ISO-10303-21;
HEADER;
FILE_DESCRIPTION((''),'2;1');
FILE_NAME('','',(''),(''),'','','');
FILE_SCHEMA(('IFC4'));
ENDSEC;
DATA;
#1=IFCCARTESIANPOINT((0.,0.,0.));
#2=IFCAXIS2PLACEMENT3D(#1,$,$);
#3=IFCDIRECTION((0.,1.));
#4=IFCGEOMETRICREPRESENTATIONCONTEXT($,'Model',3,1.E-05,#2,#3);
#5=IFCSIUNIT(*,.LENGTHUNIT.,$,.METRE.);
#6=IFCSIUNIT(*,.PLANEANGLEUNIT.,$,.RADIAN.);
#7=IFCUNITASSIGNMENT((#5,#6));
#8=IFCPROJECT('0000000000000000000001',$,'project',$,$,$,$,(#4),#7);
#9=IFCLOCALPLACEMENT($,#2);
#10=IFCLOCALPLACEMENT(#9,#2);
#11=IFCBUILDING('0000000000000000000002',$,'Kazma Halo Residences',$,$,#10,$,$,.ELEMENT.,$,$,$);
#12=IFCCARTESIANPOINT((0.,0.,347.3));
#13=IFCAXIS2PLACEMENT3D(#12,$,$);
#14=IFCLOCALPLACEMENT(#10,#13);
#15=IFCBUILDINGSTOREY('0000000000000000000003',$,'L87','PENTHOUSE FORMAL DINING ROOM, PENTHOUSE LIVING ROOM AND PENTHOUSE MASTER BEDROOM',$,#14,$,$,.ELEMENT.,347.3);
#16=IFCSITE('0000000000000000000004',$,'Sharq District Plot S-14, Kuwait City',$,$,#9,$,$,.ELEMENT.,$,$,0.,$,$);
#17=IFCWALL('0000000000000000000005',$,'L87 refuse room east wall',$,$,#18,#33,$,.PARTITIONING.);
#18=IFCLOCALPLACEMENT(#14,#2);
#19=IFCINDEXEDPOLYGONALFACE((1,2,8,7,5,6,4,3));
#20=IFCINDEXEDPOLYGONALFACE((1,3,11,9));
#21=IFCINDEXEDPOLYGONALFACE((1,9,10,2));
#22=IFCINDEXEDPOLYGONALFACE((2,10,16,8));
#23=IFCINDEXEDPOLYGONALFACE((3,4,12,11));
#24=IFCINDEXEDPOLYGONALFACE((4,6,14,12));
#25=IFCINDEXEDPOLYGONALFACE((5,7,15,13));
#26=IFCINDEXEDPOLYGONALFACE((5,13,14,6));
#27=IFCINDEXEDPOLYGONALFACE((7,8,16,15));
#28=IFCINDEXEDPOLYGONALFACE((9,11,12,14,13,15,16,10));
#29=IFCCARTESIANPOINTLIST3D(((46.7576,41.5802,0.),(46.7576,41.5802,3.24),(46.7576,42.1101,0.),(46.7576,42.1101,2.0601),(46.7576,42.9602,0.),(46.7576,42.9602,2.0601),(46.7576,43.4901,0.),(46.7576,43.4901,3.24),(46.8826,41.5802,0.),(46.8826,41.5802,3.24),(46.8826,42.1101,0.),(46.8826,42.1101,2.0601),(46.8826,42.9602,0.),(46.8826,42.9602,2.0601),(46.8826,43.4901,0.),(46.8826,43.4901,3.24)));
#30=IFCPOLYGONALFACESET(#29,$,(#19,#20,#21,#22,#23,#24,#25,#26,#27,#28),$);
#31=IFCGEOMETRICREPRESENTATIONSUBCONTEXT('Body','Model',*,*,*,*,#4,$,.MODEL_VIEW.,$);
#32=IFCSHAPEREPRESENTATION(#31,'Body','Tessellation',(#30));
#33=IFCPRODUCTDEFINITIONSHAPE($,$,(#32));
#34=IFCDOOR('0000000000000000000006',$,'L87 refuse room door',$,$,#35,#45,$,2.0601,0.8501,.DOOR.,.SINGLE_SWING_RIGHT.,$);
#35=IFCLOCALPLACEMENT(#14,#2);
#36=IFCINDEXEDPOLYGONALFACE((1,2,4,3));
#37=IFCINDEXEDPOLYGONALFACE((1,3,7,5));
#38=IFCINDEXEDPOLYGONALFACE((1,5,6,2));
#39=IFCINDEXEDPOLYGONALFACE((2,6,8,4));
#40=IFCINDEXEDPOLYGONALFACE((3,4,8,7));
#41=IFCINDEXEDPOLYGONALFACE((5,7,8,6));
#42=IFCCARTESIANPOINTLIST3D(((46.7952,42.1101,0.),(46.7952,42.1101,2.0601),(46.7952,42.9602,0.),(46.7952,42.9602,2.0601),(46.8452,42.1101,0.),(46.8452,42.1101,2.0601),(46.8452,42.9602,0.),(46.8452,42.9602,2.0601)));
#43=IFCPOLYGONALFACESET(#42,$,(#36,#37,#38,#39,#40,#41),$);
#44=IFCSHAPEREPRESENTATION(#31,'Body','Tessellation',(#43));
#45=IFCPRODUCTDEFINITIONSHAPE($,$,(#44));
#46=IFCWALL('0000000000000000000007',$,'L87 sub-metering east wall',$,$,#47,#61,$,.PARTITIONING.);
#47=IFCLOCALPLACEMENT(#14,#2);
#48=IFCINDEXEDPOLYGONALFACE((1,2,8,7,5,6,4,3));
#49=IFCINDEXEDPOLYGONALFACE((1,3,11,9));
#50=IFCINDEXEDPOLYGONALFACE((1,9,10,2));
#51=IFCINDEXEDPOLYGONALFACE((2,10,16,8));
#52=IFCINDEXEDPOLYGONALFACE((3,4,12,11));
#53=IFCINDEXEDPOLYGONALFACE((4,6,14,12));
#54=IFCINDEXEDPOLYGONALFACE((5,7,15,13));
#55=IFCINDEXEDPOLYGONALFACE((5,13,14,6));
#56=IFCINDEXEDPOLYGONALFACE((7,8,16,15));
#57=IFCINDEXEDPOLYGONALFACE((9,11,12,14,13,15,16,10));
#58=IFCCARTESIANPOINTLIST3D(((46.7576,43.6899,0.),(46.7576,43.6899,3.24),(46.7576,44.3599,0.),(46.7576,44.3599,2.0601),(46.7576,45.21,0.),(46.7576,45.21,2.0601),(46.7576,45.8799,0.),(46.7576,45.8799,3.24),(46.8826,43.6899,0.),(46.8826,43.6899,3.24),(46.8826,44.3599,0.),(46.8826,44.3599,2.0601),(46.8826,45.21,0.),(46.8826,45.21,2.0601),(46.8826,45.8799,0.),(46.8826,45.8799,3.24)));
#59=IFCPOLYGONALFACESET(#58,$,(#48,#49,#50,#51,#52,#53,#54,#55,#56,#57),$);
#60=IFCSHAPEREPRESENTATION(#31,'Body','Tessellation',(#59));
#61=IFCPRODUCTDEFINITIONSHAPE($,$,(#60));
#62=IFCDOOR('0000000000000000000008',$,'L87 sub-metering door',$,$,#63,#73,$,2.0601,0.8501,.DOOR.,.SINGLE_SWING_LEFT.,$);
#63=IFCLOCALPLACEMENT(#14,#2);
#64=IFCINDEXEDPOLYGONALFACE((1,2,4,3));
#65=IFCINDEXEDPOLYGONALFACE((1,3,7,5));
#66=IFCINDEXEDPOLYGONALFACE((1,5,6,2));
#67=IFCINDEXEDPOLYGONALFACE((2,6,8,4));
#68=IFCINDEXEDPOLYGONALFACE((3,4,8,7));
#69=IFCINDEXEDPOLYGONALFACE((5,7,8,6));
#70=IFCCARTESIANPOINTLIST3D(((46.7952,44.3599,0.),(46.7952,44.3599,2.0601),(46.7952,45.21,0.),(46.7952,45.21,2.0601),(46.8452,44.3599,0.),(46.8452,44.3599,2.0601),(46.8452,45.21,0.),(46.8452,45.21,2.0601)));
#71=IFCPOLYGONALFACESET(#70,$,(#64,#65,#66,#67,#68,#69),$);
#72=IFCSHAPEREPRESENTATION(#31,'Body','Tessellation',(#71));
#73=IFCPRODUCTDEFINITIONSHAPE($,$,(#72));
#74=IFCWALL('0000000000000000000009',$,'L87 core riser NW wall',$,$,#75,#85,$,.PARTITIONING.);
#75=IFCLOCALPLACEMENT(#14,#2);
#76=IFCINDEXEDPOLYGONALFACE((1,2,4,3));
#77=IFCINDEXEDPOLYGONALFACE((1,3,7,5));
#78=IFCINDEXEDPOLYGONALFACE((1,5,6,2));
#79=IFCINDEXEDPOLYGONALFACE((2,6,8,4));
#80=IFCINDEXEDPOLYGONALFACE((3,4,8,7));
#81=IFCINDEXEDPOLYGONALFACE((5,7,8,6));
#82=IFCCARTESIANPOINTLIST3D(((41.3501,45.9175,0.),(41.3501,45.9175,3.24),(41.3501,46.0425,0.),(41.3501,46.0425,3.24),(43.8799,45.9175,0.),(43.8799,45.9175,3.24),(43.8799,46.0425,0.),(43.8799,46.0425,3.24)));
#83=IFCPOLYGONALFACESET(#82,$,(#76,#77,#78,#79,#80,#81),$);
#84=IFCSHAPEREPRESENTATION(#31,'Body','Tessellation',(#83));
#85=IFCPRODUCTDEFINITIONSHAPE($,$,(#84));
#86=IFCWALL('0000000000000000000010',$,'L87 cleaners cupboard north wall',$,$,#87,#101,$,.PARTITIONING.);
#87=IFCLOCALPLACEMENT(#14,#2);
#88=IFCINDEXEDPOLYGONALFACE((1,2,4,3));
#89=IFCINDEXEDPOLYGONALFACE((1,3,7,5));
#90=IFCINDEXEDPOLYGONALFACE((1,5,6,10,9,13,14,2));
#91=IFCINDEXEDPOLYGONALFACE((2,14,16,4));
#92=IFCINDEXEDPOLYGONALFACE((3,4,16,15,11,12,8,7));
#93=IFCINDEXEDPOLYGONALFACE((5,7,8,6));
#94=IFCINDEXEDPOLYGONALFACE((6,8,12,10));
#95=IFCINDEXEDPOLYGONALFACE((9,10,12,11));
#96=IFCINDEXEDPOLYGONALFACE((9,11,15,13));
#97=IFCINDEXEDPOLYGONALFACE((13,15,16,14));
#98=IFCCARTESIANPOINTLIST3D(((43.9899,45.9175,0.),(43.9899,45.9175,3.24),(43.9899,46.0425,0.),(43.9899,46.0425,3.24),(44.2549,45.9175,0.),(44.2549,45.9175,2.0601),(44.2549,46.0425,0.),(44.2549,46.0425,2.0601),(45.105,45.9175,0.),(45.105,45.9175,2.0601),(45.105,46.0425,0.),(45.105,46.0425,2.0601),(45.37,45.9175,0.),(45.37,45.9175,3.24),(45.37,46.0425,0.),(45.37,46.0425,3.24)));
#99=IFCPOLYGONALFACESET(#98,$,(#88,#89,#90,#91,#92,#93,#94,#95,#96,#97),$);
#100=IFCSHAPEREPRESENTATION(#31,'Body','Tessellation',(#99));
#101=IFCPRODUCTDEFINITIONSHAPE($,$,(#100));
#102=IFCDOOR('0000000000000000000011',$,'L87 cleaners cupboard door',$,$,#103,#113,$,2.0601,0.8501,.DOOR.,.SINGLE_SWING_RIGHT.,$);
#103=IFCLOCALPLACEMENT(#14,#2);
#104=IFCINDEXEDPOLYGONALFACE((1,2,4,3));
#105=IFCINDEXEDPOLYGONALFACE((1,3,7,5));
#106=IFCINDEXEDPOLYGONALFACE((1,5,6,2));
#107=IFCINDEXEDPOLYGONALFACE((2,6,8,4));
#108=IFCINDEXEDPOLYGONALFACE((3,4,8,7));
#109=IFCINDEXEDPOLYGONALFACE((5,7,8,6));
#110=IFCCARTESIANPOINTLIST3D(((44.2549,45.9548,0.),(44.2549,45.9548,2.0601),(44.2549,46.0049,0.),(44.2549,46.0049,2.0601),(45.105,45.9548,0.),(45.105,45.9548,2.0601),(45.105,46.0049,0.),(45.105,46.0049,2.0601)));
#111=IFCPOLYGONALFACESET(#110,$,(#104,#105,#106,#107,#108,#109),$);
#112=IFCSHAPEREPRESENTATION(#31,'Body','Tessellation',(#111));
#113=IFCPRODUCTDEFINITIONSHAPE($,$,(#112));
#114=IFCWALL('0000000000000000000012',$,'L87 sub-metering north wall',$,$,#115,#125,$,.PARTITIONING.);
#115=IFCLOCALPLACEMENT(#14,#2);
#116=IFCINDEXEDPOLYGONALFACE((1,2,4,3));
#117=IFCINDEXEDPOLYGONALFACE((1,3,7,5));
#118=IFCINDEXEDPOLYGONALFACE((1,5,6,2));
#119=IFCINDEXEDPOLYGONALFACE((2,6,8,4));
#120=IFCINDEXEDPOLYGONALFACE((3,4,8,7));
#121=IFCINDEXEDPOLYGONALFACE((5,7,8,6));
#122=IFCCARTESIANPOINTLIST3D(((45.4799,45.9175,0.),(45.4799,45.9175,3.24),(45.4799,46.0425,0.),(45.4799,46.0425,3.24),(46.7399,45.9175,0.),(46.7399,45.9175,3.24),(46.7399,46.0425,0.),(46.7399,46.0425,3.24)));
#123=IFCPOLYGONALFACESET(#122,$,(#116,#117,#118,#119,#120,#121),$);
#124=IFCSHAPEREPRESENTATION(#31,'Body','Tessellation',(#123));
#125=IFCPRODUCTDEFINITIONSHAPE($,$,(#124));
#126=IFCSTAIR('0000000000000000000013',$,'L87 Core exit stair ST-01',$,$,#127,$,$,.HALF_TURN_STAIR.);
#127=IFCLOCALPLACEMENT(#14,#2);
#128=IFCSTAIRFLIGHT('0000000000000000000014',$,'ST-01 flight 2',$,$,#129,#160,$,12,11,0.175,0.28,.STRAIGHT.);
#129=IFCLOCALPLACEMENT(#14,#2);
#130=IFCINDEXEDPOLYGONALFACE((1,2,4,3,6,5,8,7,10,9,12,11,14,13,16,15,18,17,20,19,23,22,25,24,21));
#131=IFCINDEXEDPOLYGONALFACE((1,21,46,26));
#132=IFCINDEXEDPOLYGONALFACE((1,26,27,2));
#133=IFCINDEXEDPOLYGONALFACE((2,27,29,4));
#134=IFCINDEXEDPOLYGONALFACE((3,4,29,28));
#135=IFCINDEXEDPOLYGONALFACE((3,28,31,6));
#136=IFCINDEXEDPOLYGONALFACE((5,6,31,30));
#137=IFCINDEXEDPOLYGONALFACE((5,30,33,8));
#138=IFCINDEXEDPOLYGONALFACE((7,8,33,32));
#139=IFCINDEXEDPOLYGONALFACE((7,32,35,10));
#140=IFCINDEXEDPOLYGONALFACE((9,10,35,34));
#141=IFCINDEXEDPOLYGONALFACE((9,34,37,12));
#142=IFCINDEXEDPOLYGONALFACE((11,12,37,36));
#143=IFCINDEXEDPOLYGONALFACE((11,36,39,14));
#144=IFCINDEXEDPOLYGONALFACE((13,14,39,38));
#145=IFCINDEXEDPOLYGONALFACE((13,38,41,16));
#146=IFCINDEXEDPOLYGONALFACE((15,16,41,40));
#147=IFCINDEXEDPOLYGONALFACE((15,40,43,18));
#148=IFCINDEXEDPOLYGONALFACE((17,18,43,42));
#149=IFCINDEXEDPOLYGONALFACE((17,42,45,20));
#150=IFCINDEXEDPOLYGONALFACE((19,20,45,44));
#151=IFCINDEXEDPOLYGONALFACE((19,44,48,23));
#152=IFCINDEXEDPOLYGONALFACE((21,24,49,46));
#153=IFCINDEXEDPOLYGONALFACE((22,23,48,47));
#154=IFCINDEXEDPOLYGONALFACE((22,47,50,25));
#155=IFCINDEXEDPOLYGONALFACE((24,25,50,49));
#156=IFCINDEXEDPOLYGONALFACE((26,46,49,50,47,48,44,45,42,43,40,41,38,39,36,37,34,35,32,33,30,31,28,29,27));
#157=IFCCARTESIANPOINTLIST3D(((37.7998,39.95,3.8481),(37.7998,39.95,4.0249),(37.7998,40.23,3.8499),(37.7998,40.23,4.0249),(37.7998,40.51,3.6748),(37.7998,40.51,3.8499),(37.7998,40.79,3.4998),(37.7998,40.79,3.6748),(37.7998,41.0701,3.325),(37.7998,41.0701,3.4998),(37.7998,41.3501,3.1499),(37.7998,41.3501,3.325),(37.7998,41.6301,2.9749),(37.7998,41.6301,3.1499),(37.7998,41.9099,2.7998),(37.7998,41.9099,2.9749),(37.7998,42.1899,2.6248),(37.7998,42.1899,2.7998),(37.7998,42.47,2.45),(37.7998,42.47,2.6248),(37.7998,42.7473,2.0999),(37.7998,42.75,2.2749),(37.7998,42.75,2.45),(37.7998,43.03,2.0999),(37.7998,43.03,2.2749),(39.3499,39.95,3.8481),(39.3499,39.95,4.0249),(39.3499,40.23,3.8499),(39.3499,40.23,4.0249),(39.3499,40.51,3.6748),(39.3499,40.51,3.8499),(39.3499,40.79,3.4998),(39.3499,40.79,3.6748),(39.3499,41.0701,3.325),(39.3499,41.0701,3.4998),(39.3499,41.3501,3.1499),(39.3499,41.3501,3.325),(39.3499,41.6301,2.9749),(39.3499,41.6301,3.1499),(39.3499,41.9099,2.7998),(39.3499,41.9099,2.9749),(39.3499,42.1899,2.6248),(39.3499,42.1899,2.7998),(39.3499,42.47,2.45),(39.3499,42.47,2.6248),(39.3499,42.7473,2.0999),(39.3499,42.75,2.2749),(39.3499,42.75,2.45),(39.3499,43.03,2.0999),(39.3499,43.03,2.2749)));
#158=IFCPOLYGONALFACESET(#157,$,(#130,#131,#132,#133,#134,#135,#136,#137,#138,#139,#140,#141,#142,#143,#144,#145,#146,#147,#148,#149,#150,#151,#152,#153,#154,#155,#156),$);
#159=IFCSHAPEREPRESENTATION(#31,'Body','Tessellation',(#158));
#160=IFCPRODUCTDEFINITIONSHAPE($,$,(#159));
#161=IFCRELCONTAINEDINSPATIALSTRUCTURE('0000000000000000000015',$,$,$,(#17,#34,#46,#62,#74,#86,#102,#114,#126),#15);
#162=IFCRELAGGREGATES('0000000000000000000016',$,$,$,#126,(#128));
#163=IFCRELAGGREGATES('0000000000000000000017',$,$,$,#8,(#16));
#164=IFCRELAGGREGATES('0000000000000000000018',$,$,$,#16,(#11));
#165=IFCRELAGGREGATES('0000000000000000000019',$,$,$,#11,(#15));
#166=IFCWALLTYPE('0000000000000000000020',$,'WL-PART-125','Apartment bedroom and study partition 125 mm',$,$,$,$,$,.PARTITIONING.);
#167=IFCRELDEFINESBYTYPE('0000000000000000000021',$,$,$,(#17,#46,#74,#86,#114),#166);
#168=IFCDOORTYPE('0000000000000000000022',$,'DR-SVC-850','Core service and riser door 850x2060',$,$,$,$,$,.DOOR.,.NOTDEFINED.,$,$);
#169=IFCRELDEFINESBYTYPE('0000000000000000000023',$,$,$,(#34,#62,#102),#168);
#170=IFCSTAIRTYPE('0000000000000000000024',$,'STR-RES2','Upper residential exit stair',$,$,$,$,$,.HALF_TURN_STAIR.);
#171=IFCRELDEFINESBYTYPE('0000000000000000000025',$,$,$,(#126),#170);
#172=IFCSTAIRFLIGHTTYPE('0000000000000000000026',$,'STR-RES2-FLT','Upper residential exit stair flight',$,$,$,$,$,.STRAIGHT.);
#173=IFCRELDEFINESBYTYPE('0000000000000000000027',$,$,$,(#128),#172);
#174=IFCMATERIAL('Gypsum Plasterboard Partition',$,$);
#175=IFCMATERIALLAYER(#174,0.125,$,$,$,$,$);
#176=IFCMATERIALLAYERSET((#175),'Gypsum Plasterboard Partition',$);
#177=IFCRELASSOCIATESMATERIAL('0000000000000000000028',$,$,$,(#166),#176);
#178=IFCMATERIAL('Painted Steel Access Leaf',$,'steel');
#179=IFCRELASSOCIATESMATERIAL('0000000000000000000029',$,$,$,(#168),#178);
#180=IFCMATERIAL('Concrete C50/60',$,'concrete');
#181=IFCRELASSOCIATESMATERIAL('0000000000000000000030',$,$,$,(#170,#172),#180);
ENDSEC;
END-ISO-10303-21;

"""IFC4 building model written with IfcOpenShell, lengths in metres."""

from ifc_helpers import new_model, si_unit, direction, frame, frame_2d, origin, place, context, subcontext, project, spatial, polyline, rectangle, outline, extrude, material, layer, layer_set, type_object, element, fill, aggregate, save


model = new_model("IFC4")

# Units and contexts
model_context = context("Model", 3, precision=1e-05, world=origin(), true_north=direction((0.0, 1.0)))
body_context = subcontext(model_context, "Body", "Model", "MODEL_VIEW")
ifc_project = project(units=[si_unit("LENGTHUNIT", "METRE"), si_unit("PLANEANGLEUNIT", "RADIAN")], contexts=[model_context])

# Site, building, storey
site_placement = place(None, origin())
site = spatial("IfcSite", under=ifc_project, at=site_placement, Name="Sharq District Plot S-14, Kuwait City", CompositionType="ELEMENT", RefElevation=0.0)
building_placement = place(site_placement, origin())
building = spatial("IfcBuilding", under=site, at=building_placement, Name="Kazma Halo Residences", CompositionType="ELEMENT")
storey_placement = place(building_placement, frame((0.0, 0.0, 347.3)))
storey = spatial("IfcBuildingStorey", under=building, at=storey_placement, Name="L87", Description="PENTHOUSE FORMAL DINING ROOM, PENTHOUSE LIVING ROOM AND PENTHOUSE MASTER BEDROOM", CompositionType="ELEMENT", Elevation=347.3)

# Shared definitions
ifc_material_1 = material(Name="Gypsum Plasterboard Partition")
ifc_layer_1 = layer(ifc_material_1, 0.125)
ifc_layer_set_1 = layer_set([ifc_layer_1], Name="Gypsum Plasterboard Partition")
wall_type_1 = type_object("IfcWallType", Name="WL-PART-125", Description="Apartment bedroom and study partition 125 mm", PredefinedType="PARTITIONING", material=ifc_layer_set_1)
ifc_material_2 = material(Name="Painted Steel Access Leaf", Category="steel")
door_type_1 = type_object("IfcDoorType", Name="DR-SVC-850", Description="Core service and riser door 850x2060", OperationType="NOTDEFINED", PredefinedType="DOOR", material=ifc_material_2)

# Walls, openings, doors
wall_1_placement = place(storey_placement, frame((46.8201, 41.5801, 0.0), z_axis=(0.0, 0.0, 1.0), x_axis=(0.0, 1.0, 0.0)))
wall_1 = element("IfcWall", 1, at=wall_1_placement, inside=storey, type_object=wall_type_1, Name="L87 refuse room east wall", PredefinedType="PARTITIONING", context=body_context, shape_type="SweptSolid", body=[
    extrude(rectangle(XDim=1.9099, YDim=0.125, at=frame_2d((0.9551, 0.0))), origin(), (0.0, 0.0, 1.0), 3.24),
])
opening_1_placement = place(wall_1_placement, frame((0.53, 0.0, 0.0)))
opening_1 = element("IfcOpeningElement", 2, at=opening_1_placement, cuts=wall_1, PredefinedType="OPENING", context=body_context, shape_type="SweptSolid", body=[
    extrude(rectangle(XDim=0.8501, YDim=2.0601, at=frame_2d((0.425, 1.03))), frame((0.0, 0.0725, 0.0), z_axis=(0.0, -1.0, 0.0), x_axis=(1.0, 0.0, 0.0)), (0.0, 0.0, 1.0), 0.145),
])
door_1_placement = place(opening_1_placement, origin())
door_1 = element("IfcDoor", 3, at=door_1_placement, inside=storey, type_object=door_type_1, Name="L87 refuse room door", OperationType="SINGLE_SWING_RIGHT", OverallHeight=2.0601, OverallWidth=0.8501, PredefinedType="DOOR", context=body_context, shape_type="SweptSolid", body=[
    extrude(rectangle(XDim=0.8501, YDim=2.0601, at=frame_2d((0.425, 1.03))), frame((0.0, 0.0249, 0.0), z_axis=(0.0, -1.0, 0.0), x_axis=(1.0, 0.0, 0.0)), (0.0, 0.0, 1.0), 0.05),
])
fill(opening_1, door_1)
wall_2_placement = place(storey_placement, frame((46.8201, 43.6899, 0.0), z_axis=(0.0, 0.0, 1.0), x_axis=(0.0, 1.0, 0.0)))
wall_2 = element("IfcWall", 4, at=wall_2_placement, inside=storey, type_object=wall_type_1, Name="L87 sub-metering east wall", PredefinedType="PARTITIONING", context=body_context, shape_type="SweptSolid", body=[
    extrude(rectangle(XDim=2.1899, YDim=0.125, at=frame_2d((1.095, 0.0))), origin(), (0.0, 0.0, 1.0), 3.24),
])
opening_2_placement = place(wall_2_placement, frame((0.6699, 0.0, 0.0)))
opening_2 = element("IfcOpeningElement", 5, at=opening_2_placement, cuts=wall_2, PredefinedType="OPENING", context=body_context, shape_type="SweptSolid", body=[
    extrude(rectangle(XDim=0.8501, YDim=2.0601, at=frame_2d((0.425, 1.03))), frame((0.0, 0.0725, 0.0), z_axis=(0.0, -1.0, 0.0), x_axis=(1.0, 0.0, 0.0)), (0.0, 0.0, 1.0), 0.145),
])
door_2_placement = place(opening_2_placement, origin())
door_2 = element("IfcDoor", 6, at=door_2_placement, inside=storey, type_object=door_type_1, Name="L87 sub-metering door", OperationType="SINGLE_SWING_LEFT", OverallHeight=2.0601, OverallWidth=0.8501, PredefinedType="DOOR", context=body_context, shape_type="SweptSolid", body=[
    extrude(rectangle(XDim=0.8501, YDim=2.0601, at=frame_2d((0.425, 1.03))), frame((0.0, 0.0249, 0.0), z_axis=(0.0, -1.0, 0.0), x_axis=(1.0, 0.0, 0.0)), (0.0, 0.0, 1.0), 0.05),
])
fill(opening_2, door_2)

# Wall
wall_3_placement = place(storey_placement, frame((41.3501, 45.98, 0.0), z_axis=(0.0, 0.0, 1.0), x_axis=(1.0, 0.0, 0.0)))
element("IfcWall", 7, at=wall_3_placement, inside=storey, type_object=wall_type_1, Name="L87 core riser NW wall", PredefinedType="PARTITIONING", context=body_context, shape_type="SweptSolid", body=[
    extrude(rectangle(XDim=2.5298, YDim=0.125, at=frame_2d((1.2649, 0.0))), origin(), (0.0, 0.0, 1.0), 3.24),
])

# Wall, opening, door
wall_4_placement = place(storey_placement, frame((43.99, 45.98, 0.0), z_axis=(0.0, 0.0, 1.0), x_axis=(1.0, 0.0, 0.0)))
wall_4 = element("IfcWall", 8, at=wall_4_placement, inside=storey, type_object=wall_type_1, Name="L87 cleaners cupboard north wall", PredefinedType="PARTITIONING", context=body_context, shape_type="SweptSolid", body=[
    extrude(rectangle(XDim=1.3801, YDim=0.125, at=frame_2d((0.6899, 0.0))), origin(), (0.0, 0.0, 1.0), 3.24),
])
opening_3_placement = place(wall_4_placement, frame((0.2649, 0.0, 0.0)))
opening_3 = element("IfcOpeningElement", 9, at=opening_3_placement, cuts=wall_4, PredefinedType="OPENING", context=body_context, shape_type="SweptSolid", body=[
    extrude(rectangle(XDim=0.8501, YDim=2.0601, at=frame_2d((0.425, 1.03))), frame((0.0, 0.0725, 0.0), z_axis=(0.0, -1.0, 0.0), x_axis=(1.0, 0.0, 0.0)), (0.0, 0.0, 1.0), 0.145),
])
door_3_placement = place(opening_3_placement, origin())
door_3 = element("IfcDoor", 10, at=door_3_placement, inside=storey, type_object=door_type_1, Name="L87 cleaners cupboard door", OperationType="SINGLE_SWING_RIGHT", OverallHeight=2.0601, OverallWidth=0.8501, PredefinedType="DOOR", context=body_context, shape_type="SweptSolid", body=[
    extrude(rectangle(XDim=0.8501, YDim=2.0601, at=frame_2d((0.425, 1.03))), frame((0.0, 0.0249, 0.0), z_axis=(0.0, -1.0, 0.0), x_axis=(1.0, 0.0, 0.0)), (0.0, 0.0, 1.0), 0.05),
])
fill(opening_3, door_3)

# Wall
wall_5_placement = place(storey_placement, frame((45.48, 45.98, 0.0), z_axis=(0.0, 0.0, 1.0), x_axis=(1.0, 0.0, 0.0)))
element("IfcWall", 11, at=wall_5_placement, inside=storey, type_object=wall_type_1, Name="L87 sub-metering north wall", PredefinedType="PARTITIONING", context=body_context, shape_type="SweptSolid", body=[
    extrude(rectangle(XDim=1.26, YDim=0.125, at=frame_2d((0.6299, 0.0))), origin(), (0.0, 0.0, 1.0), 3.24),
])

# Stair, stair flight
ifc_material_3 = material(Name="Concrete C50/60", Category="concrete")
stair_type = type_object("IfcStairType", Name="STR-RES2", Description="Upper residential exit stair", PredefinedType="HALF_TURN_STAIR", material=ifc_material_3)
stair_placement = place(storey_placement, origin())
stair = element("IfcStair", 12, at=stair_placement, inside=storey, type_object=stair_type, Name="L87 Core exit stair ST-01", PredefinedType="HALF_TURN_STAIR")
stair_flight_type = type_object("IfcStairFlightType", Name="STR-RES2-FLT", Description="Upper residential exit stair flight", PredefinedType="STRAIGHT", material=ifc_material_3)
stair_flight_placement = place(storey_placement, frame((38.575, 43.03, 2.0999), z_axis=(0.0, 0.0, 1.0), x_axis=(0.0, -1.0, 0.0)))
stair_flight = element("IfcStairFlight", 13, at=stair_flight_placement, type_object=stair_flight_type, Name="ST-01 flight 2", NumberOfRisers=12, NumberOfTreads=11, PredefinedType="STRAIGHT", RiserHeight=0.175, TreadLength=0.28, context=body_context, shape_type="SweptSolid", body=[
    extrude(outline(polyline([(0.0, 0.0), (0.0, 0.175), (0.28, 0.175), (0.28, 0.3501), (0.5601, 0.3501), (0.5601, 0.5249), (0.8401, 0.5249), (0.8401, 0.7), (1.1201, 0.7), (1.1201, 0.875), (1.3999, 0.875), (1.3999, 1.05), (1.6799, 1.05), (1.6799, 1.2251), (1.96, 1.2251), (1.96, 1.3999), (2.24, 1.3999), (2.24, 1.575), (2.52, 1.575), (2.52, 1.75), (2.8, 1.75), (2.8, 1.925), (3.0801, 1.925), (3.0801, 2.1001), (3.0801, 1.7483), (0.2827, 0.0), (0.0, 0.0)])), frame((0.0, 0.7749, 0.0), z_axis=(0.0, -1.0, 0.0), x_axis=(1.0, 0.0, 0.0)), (0.0, 0.0, 1.0), 1.55),
])
aggregate(stair, [stair_flight])

save(model, "model.ifc")
